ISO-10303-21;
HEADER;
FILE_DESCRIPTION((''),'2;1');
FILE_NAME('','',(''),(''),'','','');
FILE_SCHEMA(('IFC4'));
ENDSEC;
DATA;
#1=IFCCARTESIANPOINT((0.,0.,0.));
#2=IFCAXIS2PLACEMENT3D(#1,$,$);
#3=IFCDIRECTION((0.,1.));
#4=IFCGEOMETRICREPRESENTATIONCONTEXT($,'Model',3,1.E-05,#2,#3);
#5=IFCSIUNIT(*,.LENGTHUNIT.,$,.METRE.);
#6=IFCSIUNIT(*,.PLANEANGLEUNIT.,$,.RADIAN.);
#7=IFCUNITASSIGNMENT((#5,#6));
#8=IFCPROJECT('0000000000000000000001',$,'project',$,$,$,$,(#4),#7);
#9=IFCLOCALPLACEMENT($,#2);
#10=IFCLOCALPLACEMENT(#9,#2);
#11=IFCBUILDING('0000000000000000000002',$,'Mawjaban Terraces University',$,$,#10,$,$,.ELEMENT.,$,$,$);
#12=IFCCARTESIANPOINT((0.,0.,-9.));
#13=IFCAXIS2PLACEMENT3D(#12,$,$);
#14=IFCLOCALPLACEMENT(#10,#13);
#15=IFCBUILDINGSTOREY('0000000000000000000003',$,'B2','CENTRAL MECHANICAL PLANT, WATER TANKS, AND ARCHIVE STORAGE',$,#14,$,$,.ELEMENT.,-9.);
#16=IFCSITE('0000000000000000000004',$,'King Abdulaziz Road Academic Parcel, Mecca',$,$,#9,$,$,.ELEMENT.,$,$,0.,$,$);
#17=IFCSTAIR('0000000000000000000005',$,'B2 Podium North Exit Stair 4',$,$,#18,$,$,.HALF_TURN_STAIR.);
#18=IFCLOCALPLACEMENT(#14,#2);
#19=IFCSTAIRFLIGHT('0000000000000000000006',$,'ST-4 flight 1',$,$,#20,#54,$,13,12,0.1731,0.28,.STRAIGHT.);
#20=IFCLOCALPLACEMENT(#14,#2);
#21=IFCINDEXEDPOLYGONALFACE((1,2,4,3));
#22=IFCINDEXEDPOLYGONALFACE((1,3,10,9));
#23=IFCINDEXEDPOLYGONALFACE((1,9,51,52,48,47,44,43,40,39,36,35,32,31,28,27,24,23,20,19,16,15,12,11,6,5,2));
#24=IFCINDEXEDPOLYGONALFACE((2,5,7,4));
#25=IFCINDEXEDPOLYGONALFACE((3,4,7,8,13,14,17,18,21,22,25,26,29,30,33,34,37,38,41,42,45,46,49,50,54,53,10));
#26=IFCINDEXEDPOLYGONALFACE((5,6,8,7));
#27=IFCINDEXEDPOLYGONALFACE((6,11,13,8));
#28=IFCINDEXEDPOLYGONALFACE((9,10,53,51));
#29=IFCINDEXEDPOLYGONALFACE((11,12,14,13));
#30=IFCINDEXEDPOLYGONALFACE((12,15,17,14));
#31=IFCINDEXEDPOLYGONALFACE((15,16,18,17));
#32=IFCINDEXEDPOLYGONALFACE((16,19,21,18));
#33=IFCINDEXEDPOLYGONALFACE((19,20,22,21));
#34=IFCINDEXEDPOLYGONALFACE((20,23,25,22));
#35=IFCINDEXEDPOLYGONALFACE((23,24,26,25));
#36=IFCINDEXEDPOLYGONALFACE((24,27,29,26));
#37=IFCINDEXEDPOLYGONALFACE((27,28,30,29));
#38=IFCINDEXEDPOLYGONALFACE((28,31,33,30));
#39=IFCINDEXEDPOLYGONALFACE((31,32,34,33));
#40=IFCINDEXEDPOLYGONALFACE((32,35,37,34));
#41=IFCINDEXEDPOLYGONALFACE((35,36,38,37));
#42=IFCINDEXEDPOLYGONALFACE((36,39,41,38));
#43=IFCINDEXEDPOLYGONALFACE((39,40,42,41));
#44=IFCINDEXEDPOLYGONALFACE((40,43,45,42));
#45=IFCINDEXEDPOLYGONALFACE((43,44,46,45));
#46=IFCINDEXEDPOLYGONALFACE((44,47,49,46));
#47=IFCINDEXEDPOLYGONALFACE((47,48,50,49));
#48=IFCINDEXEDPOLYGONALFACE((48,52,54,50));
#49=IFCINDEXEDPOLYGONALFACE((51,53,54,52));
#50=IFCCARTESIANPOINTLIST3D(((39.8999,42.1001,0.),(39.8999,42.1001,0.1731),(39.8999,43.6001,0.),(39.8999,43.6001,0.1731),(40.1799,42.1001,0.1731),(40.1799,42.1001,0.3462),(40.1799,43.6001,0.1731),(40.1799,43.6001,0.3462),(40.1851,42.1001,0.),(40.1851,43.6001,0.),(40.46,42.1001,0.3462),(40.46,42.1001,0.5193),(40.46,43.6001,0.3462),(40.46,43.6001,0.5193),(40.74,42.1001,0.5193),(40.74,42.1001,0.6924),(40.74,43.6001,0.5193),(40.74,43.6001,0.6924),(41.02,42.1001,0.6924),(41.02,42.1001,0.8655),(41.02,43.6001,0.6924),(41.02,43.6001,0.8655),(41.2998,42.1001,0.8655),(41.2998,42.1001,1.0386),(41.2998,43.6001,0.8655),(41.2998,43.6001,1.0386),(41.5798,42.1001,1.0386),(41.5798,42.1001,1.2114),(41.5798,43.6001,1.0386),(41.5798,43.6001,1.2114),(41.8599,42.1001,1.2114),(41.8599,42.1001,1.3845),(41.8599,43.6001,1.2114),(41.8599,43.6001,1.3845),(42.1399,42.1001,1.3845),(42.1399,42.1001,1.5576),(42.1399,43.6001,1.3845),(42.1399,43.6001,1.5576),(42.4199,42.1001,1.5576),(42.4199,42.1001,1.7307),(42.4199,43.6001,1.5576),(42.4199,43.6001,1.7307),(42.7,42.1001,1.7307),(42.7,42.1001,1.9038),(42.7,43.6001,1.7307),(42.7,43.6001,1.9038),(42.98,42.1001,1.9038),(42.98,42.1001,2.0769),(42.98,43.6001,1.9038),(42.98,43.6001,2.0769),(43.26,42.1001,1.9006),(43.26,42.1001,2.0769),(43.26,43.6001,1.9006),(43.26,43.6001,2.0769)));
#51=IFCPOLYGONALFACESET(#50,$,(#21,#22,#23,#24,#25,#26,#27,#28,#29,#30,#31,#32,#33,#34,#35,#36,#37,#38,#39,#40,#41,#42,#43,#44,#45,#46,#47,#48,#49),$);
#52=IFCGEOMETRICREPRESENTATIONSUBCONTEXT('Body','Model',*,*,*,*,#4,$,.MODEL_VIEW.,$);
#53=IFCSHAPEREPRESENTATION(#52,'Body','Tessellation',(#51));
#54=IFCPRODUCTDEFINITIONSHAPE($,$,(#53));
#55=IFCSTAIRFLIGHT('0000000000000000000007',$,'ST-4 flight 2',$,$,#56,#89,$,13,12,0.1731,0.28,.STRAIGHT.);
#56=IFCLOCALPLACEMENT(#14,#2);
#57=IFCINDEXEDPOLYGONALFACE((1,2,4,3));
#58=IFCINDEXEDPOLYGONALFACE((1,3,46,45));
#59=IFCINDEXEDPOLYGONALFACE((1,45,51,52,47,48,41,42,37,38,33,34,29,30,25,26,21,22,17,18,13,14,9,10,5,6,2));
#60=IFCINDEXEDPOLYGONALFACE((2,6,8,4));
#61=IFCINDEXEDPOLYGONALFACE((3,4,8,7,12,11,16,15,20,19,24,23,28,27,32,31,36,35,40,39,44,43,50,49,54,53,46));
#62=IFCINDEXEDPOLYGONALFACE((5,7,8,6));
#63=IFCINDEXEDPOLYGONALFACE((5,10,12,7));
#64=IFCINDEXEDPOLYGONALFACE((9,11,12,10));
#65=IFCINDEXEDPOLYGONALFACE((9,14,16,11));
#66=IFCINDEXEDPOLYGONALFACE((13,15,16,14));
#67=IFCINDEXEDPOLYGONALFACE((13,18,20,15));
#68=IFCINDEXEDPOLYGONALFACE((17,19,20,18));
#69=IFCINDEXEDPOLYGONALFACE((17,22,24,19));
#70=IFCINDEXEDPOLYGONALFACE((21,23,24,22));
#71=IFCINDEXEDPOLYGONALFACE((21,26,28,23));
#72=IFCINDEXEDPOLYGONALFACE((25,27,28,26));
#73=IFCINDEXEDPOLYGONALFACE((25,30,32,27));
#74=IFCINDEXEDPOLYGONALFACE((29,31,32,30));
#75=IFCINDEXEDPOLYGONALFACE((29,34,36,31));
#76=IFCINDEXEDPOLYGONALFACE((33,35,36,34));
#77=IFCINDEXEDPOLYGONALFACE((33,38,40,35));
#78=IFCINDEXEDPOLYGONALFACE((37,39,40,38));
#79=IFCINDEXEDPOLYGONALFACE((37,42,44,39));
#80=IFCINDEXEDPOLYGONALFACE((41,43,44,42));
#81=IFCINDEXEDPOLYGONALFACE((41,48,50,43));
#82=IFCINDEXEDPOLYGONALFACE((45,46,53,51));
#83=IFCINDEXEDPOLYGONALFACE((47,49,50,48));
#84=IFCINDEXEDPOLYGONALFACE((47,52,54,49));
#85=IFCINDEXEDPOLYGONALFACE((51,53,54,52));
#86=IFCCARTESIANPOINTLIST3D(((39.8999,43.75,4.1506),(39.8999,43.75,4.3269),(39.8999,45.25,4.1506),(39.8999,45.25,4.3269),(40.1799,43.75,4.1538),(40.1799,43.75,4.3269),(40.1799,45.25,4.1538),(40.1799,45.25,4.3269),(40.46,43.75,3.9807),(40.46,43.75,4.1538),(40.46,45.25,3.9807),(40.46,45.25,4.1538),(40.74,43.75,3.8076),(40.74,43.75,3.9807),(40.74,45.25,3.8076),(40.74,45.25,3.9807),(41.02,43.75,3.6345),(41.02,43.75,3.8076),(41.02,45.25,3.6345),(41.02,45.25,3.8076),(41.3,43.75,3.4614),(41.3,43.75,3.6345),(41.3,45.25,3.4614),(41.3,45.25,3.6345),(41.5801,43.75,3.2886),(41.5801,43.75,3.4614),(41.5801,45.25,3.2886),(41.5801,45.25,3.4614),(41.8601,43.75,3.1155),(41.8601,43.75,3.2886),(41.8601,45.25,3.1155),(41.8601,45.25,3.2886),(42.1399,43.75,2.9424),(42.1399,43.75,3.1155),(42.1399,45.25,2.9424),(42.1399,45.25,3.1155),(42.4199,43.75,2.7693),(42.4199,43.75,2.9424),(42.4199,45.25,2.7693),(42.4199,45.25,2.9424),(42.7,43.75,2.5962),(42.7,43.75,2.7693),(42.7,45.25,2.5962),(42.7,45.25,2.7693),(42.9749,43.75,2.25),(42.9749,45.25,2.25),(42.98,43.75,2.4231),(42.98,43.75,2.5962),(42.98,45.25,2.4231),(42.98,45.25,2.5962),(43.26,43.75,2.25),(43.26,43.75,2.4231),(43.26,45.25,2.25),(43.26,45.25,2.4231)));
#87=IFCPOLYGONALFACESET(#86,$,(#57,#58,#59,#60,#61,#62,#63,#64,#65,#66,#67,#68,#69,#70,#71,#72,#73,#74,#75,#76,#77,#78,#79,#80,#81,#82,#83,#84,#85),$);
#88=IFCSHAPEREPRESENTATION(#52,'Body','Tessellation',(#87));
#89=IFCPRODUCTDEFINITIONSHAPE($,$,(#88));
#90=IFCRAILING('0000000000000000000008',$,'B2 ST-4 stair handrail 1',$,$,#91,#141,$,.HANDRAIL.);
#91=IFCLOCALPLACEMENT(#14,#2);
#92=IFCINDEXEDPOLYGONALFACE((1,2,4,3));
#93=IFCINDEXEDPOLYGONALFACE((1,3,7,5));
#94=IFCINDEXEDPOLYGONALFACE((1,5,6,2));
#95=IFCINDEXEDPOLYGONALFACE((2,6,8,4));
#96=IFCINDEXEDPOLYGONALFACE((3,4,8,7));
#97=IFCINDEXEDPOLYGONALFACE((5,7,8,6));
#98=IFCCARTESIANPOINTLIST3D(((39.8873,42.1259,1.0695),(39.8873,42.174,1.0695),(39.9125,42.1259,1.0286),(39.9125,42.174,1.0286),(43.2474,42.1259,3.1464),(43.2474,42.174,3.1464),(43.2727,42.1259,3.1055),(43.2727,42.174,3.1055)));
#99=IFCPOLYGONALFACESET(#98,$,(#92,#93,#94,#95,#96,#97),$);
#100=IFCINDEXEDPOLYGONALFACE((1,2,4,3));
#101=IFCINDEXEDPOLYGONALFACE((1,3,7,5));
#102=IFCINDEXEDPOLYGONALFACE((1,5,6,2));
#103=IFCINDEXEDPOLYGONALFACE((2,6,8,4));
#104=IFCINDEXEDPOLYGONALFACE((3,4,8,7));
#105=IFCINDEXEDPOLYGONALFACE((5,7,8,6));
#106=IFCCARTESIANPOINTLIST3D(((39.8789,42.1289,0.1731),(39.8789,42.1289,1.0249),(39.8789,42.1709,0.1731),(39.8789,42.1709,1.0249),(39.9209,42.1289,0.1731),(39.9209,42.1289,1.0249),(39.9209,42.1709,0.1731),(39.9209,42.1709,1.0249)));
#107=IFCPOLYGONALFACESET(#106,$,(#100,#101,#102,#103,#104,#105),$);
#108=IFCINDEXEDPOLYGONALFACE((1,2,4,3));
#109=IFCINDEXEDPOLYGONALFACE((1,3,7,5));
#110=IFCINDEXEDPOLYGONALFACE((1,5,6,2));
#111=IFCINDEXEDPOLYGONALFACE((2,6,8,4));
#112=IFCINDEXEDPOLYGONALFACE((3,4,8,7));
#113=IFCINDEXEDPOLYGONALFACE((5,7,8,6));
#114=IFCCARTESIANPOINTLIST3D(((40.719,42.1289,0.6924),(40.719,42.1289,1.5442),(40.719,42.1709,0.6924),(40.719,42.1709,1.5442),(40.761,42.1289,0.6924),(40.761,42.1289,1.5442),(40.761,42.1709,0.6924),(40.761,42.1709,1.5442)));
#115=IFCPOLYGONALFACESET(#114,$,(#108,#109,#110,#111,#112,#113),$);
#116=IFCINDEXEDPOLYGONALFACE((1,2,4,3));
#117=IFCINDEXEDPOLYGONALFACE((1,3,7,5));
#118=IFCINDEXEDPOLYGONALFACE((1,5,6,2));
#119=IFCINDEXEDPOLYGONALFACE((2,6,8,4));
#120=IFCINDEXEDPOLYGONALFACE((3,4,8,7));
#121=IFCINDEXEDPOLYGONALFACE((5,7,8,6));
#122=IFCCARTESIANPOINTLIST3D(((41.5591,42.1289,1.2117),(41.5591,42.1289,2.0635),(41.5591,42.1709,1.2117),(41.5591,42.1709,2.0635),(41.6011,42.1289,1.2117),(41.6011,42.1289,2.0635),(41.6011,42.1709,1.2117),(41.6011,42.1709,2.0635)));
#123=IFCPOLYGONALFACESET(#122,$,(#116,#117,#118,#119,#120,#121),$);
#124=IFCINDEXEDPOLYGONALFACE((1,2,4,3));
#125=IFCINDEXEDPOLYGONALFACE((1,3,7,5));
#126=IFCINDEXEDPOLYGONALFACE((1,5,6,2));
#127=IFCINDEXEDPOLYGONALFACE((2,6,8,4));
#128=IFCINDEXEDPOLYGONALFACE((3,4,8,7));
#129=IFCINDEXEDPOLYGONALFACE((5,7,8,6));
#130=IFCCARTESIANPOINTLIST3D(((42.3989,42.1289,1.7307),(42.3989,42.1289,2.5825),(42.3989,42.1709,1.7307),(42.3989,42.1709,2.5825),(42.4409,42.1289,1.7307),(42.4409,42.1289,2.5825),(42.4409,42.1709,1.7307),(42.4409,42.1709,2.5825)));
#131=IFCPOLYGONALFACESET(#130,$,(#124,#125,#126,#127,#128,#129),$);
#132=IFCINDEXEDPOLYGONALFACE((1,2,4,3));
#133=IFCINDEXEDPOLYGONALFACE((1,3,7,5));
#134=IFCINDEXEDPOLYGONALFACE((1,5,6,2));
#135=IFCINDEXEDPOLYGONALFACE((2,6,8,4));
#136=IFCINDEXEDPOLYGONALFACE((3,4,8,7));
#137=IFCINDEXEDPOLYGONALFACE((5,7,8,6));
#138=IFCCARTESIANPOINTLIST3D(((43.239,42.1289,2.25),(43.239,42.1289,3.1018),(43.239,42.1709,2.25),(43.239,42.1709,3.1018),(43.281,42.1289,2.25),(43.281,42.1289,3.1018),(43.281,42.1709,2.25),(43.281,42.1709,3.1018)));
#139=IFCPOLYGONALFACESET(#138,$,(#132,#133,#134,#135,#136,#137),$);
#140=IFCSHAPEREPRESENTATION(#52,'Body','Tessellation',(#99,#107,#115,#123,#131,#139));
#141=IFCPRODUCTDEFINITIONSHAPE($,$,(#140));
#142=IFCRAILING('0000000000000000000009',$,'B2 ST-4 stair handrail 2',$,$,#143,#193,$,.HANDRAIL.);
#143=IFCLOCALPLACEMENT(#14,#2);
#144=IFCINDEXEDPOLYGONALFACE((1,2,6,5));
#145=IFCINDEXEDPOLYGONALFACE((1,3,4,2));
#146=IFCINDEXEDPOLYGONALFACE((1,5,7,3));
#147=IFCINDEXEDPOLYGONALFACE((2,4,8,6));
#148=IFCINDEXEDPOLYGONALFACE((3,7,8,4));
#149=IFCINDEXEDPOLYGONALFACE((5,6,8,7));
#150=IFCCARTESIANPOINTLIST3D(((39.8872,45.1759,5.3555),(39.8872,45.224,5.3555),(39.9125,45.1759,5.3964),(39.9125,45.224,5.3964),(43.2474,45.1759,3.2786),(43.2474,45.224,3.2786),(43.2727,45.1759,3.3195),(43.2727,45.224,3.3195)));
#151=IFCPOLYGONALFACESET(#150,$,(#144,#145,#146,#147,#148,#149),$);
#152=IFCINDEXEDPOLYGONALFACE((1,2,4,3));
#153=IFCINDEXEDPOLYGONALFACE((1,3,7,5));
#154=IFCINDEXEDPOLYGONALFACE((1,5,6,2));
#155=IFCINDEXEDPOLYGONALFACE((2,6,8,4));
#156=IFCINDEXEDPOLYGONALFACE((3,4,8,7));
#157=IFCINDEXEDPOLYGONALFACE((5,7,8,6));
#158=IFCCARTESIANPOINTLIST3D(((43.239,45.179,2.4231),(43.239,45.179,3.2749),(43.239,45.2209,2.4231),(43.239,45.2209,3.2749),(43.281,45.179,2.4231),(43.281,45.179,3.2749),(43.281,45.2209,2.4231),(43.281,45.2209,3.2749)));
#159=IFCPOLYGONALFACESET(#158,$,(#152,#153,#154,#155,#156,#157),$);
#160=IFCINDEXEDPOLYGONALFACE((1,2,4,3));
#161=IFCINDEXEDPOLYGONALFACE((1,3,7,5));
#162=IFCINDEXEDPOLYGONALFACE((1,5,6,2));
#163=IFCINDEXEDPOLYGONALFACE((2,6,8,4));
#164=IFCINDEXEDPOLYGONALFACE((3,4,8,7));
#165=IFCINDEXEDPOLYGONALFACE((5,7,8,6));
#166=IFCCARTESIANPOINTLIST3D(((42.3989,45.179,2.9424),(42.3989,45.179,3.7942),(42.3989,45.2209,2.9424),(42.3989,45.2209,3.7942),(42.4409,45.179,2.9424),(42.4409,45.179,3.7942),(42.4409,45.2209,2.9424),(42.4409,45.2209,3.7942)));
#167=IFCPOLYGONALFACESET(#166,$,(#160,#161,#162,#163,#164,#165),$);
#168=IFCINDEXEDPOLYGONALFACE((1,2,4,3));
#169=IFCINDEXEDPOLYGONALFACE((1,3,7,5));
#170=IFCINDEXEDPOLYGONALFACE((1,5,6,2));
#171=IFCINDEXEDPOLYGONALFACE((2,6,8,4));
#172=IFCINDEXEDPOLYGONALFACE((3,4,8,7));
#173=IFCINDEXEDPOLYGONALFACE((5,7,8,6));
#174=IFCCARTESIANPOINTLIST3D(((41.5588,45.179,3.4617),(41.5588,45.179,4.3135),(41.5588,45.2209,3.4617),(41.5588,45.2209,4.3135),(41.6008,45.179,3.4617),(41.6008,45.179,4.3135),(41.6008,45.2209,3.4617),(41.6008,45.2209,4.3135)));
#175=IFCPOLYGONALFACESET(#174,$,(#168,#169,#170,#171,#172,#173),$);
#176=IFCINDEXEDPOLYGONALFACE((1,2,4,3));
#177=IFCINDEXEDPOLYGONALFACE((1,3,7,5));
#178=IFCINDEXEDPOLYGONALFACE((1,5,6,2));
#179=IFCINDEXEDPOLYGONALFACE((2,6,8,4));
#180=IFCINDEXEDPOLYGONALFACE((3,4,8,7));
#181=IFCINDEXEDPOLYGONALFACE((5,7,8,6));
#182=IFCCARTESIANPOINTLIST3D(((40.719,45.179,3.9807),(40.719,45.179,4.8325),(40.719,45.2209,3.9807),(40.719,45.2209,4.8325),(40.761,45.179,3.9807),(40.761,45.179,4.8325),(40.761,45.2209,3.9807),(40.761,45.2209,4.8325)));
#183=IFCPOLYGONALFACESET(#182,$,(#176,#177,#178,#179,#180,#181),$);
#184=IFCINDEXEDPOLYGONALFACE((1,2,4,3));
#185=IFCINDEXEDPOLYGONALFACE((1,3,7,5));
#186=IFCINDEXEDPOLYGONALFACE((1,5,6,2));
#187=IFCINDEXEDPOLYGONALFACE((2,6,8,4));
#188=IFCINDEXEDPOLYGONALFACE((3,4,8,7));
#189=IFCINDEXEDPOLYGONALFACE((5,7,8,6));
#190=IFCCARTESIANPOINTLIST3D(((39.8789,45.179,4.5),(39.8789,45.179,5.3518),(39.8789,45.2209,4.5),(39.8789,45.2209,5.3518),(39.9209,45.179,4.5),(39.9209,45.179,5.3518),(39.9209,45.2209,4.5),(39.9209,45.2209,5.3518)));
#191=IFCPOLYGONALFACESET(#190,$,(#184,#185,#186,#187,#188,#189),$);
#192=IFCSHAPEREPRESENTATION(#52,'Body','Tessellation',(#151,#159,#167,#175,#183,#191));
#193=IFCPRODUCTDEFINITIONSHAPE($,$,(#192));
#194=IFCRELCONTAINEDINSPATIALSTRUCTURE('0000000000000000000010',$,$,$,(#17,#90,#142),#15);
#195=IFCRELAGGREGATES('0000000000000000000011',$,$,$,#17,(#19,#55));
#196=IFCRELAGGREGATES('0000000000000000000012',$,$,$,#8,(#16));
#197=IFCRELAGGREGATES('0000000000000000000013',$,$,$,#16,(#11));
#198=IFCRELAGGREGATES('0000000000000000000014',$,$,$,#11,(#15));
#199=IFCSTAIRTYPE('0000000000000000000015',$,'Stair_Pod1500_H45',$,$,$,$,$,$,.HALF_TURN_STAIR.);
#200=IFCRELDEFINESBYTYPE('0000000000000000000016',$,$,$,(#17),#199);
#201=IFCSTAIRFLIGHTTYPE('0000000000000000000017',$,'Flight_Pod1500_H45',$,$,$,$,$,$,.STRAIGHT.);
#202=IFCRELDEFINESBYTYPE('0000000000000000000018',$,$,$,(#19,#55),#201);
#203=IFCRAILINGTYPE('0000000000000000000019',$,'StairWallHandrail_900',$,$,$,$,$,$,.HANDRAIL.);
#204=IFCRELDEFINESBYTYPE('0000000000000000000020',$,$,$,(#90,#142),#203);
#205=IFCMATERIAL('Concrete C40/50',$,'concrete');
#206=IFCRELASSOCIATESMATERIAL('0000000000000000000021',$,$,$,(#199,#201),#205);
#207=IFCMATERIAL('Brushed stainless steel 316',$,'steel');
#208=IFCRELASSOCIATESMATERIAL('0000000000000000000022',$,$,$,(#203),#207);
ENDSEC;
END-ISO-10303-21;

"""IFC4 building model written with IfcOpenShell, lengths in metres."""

from ifc_helpers import new_model, si_unit, direction, frame, origin, origin_2d, place, context, subcontext, project, spatial, polyline, rectangle, outline, extrude, material, type_object, element, aggregate, save


model = new_model("IFC4")

# Units and contexts
model_context = context("Model", 3, precision=1e-05, world=origin(), true_north=direction((0.0, 1.0)))
body_context = subcontext(model_context, "Body", "Model", "MODEL_VIEW")
ifc_project = project(units=[si_unit("LENGTHUNIT", "METRE"), si_unit("PLANEANGLEUNIT", "RADIAN")], contexts=[model_context])

# Site, building, storey
site_placement = place(None, origin())
site = spatial("IfcSite", under=ifc_project, at=site_placement, Name="King Abdulaziz Road Academic Parcel, Mecca", CompositionType="ELEMENT", RefElevation=0.0)
building_placement = place(site_placement, origin())
building = spatial("IfcBuilding", under=site, at=building_placement, Name="Mawjaban Terraces University", CompositionType="ELEMENT")
storey_placement = place(building_placement, frame((0.0, 0.0, -9.0)))
storey = spatial("IfcBuildingStorey", under=building, at=storey_placement, Name="B2", Description="CENTRAL MECHANICAL PLANT, WATER TANKS, AND ARCHIVE STORAGE", CompositionType="ELEMENT", Elevation=-9.0)

# Stair, stair flights
ifc_material_1 = material(Name="Concrete C40/50", Category="concrete")
stair_type = type_object("IfcStairType", Name="Stair_Pod1500_H45", PredefinedType="HALF_TURN_STAIR", material=ifc_material_1)
stair_placement = place(storey_placement, origin())
stair = element("IfcStair", 1, at=stair_placement, inside=storey, type_object=stair_type, Name="B2 Podium North Exit Stair 4", PredefinedType="HALF_TURN_STAIR")
stair_flight_type = type_object("IfcStairFlightType", Name="Flight_Pod1500_H45", PredefinedType="STRAIGHT", material=ifc_material_1)
stair_flight_1_placement = place(storey_placement, frame((39.8999, 42.8501, 0.0), z_axis=(0.0, 0.0, 1.0), x_axis=(1.0, 0.0, 0.0)))
stair_flight_1 = element("IfcStairFlight", 2, at=stair_flight_1_placement, type_object=stair_flight_type, Name="ST-4 flight 1", NumberOfRisers=13, NumberOfTreads=12, PredefinedType="STRAIGHT", RiserHeight=0.1731, TreadLength=0.28, context=body_context, shape_type="SweptSolid", body=[
    extrude(outline(polyline([(0.0, 0.0), (0.0, 0.1731), (0.28, 0.1731), (0.28, 0.3462), (0.5601, 0.3462), (0.5601, 0.5193), (0.8401, 0.5193), (0.8401, 0.6924), (1.1201, 0.6924), (1.1201, 0.8655), (1.3999, 0.8655), (1.3999, 1.0386), (1.6799, 1.0386), (1.6799, 1.2114), (1.96, 1.2114), (1.96, 1.3845), (2.24, 1.3845), (2.24, 1.5576), (2.52, 1.5576), (2.52, 1.7307), (2.8, 1.7307), (2.8, 1.9038), (3.0801, 1.9038), (3.0801, 2.0769), (3.3601, 2.0769), (3.3601, 2.25), (3.3601, 1.9006), (0.2852, 0.0), (0.0, 0.0)])), frame((0.0, 0.75, 0.0), z_axis=(0.0, -1.0, 0.0), x_axis=(1.0, 0.0, 0.0)), (0.0, 0.0, 1.0), 1.5),
])
stair_flight_2_placement = place(storey_placement, frame((43.26, 44.5, 2.25), z_axis=(0.0, 0.0, 1.0), x_axis=(-1.0, 0.0, 0.0)))
stair_flight_2 = element("IfcStairFlight", 3, at=stair_flight_2_placement, type_object=stair_flight_type, Name="ST-4 flight 2", NumberOfRisers=13, NumberOfTreads=12, PredefinedType="STRAIGHT", RiserHeight=0.1731, TreadLength=0.28, context=body_context, shape_type="SweptSolid", body=[
    extrude(outline(polyline([(0.0, 0.0), (0.0, 0.1731), (0.28, 0.1731), (0.28, 0.3462), (0.5601, 0.3462), (0.5601, 0.5193), (0.8401, 0.5193), (0.8401, 0.6924), (1.1201, 0.6924), (1.1201, 0.8655), (1.3999, 0.8655), (1.3999, 1.0386), (1.6799, 1.0386), (1.6799, 1.2114), (1.96, 1.2114), (1.96, 1.3845), (2.24, 1.3845), (2.24, 1.5576), (2.52, 1.5576), (2.52, 1.7307), (2.8, 1.7307), (2.8, 1.9038), (3.0801, 1.9038), (3.0801, 2.0769), (3.3601, 2.0769), (3.3601, 2.25), (3.3601, 1.9006), (0.2852, 0.0), (0.0, 0.0)])), frame((0.0, 0.75, 0.0), z_axis=(0.0, -1.0, 0.0), x_axis=(1.0, 0.0, 0.0)), (0.0, 0.0, 1.0), 1.5),
])
aggregate(stair, [stair_flight_1, stair_flight_2])

# Railings
ifc_material_2 = material(Name="Brushed stainless steel 316", Category="steel")
railing_type_1 = type_object("IfcRailingType", Name="StairWallHandrail_900", PredefinedType="HANDRAIL", material=ifc_material_2)
railing_1_placement = place(storey_placement, frame((39.8999, 42.1499, 0.1731)))
element("IfcRailing", 4, at=railing_1_placement, inside=storey, type_object=railing_type_1, Name="B2 ST-4 stair handrail 1", PredefinedType="HANDRAIL", context=body_context, shape_type="SweptSolid", body=[
    extrude(rectangle(XDim=0.0481, YDim=0.0481, at=origin_2d()), frame((0.0, 0.0, 0.876), z_axis=(0.850623, 0.0, 0.525776), x_axis=(0.0, 1.0, 0.0)), (0.0, 0.0, 1.0), 3.9502),
    extrude(rectangle(XDim=0.042, YDim=0.042, at=origin_2d()), origin(), (0.0, 0.0, 1.0), 0.8518),
    extrude(rectangle(XDim=0.042, YDim=0.042, at=origin_2d()), frame((0.8401, 0.0, 0.5193)), (0.0, 0.0, 1.0), 0.8518),
    extrude(rectangle(XDim=0.042, YDim=0.042, at=origin_2d()), frame((1.6802, 0.0, 1.0386)), (0.0, 0.0, 1.0), 0.8518),
    extrude(rectangle(XDim=0.042, YDim=0.042, at=origin_2d()), frame((2.52, 0.0, 1.5576)), (0.0, 0.0, 1.0), 0.8518),
    extrude(rectangle(XDim=0.042, YDim=0.042, at=origin_2d()), frame((3.3601, 0.0, 2.0769)), (0.0, 0.0, 1.0), 0.8518),
])
railing_2_placement = place(storey_placement, frame((43.26, 45.2, 2.4231)))
element("IfcRailing", 5, at=railing_2_placement, inside=storey, type_object=railing_type_1, Name="B2 ST-4 stair handrail 2", PredefinedType="HANDRAIL", context=body_context, shape_type="SweptSolid", body=[
    extrude(rectangle(XDim=0.0481, YDim=0.0481, at=origin_2d()), frame((0.0, 0.0, 0.876), z_axis=(-0.850623, 0.0, 0.525776), x_axis=(0.0, -1.0, 0.0)), (0.0, 0.0, 1.0), 3.9502),
    extrude(rectangle(XDim=0.042, YDim=0.042, at=origin_2d()), origin(), (0.0, 0.0, 1.0), 0.8518),
    extrude(rectangle(XDim=0.042, YDim=0.042, at=origin_2d()), frame((-0.8401, 0.0, 0.5193)), (0.0, 0.0, 1.0), 0.8518),
    extrude(rectangle(XDim=0.042, YDim=0.042, at=origin_2d()), frame((-1.6802, 0.0, 1.0386)), (0.0, 0.0, 1.0), 0.8518),
    extrude(rectangle(XDim=0.042, YDim=0.042, at=origin_2d()), frame((-2.52, 0.0, 1.5576)), (0.0, 0.0, 1.0), 0.8518),
    extrude(rectangle(XDim=0.042, YDim=0.042, at=origin_2d()), frame((-3.3601, 0.0, 2.0769)), (0.0, 0.0, 1.0), 0.8518),
])

save(model, "model.ifc")
